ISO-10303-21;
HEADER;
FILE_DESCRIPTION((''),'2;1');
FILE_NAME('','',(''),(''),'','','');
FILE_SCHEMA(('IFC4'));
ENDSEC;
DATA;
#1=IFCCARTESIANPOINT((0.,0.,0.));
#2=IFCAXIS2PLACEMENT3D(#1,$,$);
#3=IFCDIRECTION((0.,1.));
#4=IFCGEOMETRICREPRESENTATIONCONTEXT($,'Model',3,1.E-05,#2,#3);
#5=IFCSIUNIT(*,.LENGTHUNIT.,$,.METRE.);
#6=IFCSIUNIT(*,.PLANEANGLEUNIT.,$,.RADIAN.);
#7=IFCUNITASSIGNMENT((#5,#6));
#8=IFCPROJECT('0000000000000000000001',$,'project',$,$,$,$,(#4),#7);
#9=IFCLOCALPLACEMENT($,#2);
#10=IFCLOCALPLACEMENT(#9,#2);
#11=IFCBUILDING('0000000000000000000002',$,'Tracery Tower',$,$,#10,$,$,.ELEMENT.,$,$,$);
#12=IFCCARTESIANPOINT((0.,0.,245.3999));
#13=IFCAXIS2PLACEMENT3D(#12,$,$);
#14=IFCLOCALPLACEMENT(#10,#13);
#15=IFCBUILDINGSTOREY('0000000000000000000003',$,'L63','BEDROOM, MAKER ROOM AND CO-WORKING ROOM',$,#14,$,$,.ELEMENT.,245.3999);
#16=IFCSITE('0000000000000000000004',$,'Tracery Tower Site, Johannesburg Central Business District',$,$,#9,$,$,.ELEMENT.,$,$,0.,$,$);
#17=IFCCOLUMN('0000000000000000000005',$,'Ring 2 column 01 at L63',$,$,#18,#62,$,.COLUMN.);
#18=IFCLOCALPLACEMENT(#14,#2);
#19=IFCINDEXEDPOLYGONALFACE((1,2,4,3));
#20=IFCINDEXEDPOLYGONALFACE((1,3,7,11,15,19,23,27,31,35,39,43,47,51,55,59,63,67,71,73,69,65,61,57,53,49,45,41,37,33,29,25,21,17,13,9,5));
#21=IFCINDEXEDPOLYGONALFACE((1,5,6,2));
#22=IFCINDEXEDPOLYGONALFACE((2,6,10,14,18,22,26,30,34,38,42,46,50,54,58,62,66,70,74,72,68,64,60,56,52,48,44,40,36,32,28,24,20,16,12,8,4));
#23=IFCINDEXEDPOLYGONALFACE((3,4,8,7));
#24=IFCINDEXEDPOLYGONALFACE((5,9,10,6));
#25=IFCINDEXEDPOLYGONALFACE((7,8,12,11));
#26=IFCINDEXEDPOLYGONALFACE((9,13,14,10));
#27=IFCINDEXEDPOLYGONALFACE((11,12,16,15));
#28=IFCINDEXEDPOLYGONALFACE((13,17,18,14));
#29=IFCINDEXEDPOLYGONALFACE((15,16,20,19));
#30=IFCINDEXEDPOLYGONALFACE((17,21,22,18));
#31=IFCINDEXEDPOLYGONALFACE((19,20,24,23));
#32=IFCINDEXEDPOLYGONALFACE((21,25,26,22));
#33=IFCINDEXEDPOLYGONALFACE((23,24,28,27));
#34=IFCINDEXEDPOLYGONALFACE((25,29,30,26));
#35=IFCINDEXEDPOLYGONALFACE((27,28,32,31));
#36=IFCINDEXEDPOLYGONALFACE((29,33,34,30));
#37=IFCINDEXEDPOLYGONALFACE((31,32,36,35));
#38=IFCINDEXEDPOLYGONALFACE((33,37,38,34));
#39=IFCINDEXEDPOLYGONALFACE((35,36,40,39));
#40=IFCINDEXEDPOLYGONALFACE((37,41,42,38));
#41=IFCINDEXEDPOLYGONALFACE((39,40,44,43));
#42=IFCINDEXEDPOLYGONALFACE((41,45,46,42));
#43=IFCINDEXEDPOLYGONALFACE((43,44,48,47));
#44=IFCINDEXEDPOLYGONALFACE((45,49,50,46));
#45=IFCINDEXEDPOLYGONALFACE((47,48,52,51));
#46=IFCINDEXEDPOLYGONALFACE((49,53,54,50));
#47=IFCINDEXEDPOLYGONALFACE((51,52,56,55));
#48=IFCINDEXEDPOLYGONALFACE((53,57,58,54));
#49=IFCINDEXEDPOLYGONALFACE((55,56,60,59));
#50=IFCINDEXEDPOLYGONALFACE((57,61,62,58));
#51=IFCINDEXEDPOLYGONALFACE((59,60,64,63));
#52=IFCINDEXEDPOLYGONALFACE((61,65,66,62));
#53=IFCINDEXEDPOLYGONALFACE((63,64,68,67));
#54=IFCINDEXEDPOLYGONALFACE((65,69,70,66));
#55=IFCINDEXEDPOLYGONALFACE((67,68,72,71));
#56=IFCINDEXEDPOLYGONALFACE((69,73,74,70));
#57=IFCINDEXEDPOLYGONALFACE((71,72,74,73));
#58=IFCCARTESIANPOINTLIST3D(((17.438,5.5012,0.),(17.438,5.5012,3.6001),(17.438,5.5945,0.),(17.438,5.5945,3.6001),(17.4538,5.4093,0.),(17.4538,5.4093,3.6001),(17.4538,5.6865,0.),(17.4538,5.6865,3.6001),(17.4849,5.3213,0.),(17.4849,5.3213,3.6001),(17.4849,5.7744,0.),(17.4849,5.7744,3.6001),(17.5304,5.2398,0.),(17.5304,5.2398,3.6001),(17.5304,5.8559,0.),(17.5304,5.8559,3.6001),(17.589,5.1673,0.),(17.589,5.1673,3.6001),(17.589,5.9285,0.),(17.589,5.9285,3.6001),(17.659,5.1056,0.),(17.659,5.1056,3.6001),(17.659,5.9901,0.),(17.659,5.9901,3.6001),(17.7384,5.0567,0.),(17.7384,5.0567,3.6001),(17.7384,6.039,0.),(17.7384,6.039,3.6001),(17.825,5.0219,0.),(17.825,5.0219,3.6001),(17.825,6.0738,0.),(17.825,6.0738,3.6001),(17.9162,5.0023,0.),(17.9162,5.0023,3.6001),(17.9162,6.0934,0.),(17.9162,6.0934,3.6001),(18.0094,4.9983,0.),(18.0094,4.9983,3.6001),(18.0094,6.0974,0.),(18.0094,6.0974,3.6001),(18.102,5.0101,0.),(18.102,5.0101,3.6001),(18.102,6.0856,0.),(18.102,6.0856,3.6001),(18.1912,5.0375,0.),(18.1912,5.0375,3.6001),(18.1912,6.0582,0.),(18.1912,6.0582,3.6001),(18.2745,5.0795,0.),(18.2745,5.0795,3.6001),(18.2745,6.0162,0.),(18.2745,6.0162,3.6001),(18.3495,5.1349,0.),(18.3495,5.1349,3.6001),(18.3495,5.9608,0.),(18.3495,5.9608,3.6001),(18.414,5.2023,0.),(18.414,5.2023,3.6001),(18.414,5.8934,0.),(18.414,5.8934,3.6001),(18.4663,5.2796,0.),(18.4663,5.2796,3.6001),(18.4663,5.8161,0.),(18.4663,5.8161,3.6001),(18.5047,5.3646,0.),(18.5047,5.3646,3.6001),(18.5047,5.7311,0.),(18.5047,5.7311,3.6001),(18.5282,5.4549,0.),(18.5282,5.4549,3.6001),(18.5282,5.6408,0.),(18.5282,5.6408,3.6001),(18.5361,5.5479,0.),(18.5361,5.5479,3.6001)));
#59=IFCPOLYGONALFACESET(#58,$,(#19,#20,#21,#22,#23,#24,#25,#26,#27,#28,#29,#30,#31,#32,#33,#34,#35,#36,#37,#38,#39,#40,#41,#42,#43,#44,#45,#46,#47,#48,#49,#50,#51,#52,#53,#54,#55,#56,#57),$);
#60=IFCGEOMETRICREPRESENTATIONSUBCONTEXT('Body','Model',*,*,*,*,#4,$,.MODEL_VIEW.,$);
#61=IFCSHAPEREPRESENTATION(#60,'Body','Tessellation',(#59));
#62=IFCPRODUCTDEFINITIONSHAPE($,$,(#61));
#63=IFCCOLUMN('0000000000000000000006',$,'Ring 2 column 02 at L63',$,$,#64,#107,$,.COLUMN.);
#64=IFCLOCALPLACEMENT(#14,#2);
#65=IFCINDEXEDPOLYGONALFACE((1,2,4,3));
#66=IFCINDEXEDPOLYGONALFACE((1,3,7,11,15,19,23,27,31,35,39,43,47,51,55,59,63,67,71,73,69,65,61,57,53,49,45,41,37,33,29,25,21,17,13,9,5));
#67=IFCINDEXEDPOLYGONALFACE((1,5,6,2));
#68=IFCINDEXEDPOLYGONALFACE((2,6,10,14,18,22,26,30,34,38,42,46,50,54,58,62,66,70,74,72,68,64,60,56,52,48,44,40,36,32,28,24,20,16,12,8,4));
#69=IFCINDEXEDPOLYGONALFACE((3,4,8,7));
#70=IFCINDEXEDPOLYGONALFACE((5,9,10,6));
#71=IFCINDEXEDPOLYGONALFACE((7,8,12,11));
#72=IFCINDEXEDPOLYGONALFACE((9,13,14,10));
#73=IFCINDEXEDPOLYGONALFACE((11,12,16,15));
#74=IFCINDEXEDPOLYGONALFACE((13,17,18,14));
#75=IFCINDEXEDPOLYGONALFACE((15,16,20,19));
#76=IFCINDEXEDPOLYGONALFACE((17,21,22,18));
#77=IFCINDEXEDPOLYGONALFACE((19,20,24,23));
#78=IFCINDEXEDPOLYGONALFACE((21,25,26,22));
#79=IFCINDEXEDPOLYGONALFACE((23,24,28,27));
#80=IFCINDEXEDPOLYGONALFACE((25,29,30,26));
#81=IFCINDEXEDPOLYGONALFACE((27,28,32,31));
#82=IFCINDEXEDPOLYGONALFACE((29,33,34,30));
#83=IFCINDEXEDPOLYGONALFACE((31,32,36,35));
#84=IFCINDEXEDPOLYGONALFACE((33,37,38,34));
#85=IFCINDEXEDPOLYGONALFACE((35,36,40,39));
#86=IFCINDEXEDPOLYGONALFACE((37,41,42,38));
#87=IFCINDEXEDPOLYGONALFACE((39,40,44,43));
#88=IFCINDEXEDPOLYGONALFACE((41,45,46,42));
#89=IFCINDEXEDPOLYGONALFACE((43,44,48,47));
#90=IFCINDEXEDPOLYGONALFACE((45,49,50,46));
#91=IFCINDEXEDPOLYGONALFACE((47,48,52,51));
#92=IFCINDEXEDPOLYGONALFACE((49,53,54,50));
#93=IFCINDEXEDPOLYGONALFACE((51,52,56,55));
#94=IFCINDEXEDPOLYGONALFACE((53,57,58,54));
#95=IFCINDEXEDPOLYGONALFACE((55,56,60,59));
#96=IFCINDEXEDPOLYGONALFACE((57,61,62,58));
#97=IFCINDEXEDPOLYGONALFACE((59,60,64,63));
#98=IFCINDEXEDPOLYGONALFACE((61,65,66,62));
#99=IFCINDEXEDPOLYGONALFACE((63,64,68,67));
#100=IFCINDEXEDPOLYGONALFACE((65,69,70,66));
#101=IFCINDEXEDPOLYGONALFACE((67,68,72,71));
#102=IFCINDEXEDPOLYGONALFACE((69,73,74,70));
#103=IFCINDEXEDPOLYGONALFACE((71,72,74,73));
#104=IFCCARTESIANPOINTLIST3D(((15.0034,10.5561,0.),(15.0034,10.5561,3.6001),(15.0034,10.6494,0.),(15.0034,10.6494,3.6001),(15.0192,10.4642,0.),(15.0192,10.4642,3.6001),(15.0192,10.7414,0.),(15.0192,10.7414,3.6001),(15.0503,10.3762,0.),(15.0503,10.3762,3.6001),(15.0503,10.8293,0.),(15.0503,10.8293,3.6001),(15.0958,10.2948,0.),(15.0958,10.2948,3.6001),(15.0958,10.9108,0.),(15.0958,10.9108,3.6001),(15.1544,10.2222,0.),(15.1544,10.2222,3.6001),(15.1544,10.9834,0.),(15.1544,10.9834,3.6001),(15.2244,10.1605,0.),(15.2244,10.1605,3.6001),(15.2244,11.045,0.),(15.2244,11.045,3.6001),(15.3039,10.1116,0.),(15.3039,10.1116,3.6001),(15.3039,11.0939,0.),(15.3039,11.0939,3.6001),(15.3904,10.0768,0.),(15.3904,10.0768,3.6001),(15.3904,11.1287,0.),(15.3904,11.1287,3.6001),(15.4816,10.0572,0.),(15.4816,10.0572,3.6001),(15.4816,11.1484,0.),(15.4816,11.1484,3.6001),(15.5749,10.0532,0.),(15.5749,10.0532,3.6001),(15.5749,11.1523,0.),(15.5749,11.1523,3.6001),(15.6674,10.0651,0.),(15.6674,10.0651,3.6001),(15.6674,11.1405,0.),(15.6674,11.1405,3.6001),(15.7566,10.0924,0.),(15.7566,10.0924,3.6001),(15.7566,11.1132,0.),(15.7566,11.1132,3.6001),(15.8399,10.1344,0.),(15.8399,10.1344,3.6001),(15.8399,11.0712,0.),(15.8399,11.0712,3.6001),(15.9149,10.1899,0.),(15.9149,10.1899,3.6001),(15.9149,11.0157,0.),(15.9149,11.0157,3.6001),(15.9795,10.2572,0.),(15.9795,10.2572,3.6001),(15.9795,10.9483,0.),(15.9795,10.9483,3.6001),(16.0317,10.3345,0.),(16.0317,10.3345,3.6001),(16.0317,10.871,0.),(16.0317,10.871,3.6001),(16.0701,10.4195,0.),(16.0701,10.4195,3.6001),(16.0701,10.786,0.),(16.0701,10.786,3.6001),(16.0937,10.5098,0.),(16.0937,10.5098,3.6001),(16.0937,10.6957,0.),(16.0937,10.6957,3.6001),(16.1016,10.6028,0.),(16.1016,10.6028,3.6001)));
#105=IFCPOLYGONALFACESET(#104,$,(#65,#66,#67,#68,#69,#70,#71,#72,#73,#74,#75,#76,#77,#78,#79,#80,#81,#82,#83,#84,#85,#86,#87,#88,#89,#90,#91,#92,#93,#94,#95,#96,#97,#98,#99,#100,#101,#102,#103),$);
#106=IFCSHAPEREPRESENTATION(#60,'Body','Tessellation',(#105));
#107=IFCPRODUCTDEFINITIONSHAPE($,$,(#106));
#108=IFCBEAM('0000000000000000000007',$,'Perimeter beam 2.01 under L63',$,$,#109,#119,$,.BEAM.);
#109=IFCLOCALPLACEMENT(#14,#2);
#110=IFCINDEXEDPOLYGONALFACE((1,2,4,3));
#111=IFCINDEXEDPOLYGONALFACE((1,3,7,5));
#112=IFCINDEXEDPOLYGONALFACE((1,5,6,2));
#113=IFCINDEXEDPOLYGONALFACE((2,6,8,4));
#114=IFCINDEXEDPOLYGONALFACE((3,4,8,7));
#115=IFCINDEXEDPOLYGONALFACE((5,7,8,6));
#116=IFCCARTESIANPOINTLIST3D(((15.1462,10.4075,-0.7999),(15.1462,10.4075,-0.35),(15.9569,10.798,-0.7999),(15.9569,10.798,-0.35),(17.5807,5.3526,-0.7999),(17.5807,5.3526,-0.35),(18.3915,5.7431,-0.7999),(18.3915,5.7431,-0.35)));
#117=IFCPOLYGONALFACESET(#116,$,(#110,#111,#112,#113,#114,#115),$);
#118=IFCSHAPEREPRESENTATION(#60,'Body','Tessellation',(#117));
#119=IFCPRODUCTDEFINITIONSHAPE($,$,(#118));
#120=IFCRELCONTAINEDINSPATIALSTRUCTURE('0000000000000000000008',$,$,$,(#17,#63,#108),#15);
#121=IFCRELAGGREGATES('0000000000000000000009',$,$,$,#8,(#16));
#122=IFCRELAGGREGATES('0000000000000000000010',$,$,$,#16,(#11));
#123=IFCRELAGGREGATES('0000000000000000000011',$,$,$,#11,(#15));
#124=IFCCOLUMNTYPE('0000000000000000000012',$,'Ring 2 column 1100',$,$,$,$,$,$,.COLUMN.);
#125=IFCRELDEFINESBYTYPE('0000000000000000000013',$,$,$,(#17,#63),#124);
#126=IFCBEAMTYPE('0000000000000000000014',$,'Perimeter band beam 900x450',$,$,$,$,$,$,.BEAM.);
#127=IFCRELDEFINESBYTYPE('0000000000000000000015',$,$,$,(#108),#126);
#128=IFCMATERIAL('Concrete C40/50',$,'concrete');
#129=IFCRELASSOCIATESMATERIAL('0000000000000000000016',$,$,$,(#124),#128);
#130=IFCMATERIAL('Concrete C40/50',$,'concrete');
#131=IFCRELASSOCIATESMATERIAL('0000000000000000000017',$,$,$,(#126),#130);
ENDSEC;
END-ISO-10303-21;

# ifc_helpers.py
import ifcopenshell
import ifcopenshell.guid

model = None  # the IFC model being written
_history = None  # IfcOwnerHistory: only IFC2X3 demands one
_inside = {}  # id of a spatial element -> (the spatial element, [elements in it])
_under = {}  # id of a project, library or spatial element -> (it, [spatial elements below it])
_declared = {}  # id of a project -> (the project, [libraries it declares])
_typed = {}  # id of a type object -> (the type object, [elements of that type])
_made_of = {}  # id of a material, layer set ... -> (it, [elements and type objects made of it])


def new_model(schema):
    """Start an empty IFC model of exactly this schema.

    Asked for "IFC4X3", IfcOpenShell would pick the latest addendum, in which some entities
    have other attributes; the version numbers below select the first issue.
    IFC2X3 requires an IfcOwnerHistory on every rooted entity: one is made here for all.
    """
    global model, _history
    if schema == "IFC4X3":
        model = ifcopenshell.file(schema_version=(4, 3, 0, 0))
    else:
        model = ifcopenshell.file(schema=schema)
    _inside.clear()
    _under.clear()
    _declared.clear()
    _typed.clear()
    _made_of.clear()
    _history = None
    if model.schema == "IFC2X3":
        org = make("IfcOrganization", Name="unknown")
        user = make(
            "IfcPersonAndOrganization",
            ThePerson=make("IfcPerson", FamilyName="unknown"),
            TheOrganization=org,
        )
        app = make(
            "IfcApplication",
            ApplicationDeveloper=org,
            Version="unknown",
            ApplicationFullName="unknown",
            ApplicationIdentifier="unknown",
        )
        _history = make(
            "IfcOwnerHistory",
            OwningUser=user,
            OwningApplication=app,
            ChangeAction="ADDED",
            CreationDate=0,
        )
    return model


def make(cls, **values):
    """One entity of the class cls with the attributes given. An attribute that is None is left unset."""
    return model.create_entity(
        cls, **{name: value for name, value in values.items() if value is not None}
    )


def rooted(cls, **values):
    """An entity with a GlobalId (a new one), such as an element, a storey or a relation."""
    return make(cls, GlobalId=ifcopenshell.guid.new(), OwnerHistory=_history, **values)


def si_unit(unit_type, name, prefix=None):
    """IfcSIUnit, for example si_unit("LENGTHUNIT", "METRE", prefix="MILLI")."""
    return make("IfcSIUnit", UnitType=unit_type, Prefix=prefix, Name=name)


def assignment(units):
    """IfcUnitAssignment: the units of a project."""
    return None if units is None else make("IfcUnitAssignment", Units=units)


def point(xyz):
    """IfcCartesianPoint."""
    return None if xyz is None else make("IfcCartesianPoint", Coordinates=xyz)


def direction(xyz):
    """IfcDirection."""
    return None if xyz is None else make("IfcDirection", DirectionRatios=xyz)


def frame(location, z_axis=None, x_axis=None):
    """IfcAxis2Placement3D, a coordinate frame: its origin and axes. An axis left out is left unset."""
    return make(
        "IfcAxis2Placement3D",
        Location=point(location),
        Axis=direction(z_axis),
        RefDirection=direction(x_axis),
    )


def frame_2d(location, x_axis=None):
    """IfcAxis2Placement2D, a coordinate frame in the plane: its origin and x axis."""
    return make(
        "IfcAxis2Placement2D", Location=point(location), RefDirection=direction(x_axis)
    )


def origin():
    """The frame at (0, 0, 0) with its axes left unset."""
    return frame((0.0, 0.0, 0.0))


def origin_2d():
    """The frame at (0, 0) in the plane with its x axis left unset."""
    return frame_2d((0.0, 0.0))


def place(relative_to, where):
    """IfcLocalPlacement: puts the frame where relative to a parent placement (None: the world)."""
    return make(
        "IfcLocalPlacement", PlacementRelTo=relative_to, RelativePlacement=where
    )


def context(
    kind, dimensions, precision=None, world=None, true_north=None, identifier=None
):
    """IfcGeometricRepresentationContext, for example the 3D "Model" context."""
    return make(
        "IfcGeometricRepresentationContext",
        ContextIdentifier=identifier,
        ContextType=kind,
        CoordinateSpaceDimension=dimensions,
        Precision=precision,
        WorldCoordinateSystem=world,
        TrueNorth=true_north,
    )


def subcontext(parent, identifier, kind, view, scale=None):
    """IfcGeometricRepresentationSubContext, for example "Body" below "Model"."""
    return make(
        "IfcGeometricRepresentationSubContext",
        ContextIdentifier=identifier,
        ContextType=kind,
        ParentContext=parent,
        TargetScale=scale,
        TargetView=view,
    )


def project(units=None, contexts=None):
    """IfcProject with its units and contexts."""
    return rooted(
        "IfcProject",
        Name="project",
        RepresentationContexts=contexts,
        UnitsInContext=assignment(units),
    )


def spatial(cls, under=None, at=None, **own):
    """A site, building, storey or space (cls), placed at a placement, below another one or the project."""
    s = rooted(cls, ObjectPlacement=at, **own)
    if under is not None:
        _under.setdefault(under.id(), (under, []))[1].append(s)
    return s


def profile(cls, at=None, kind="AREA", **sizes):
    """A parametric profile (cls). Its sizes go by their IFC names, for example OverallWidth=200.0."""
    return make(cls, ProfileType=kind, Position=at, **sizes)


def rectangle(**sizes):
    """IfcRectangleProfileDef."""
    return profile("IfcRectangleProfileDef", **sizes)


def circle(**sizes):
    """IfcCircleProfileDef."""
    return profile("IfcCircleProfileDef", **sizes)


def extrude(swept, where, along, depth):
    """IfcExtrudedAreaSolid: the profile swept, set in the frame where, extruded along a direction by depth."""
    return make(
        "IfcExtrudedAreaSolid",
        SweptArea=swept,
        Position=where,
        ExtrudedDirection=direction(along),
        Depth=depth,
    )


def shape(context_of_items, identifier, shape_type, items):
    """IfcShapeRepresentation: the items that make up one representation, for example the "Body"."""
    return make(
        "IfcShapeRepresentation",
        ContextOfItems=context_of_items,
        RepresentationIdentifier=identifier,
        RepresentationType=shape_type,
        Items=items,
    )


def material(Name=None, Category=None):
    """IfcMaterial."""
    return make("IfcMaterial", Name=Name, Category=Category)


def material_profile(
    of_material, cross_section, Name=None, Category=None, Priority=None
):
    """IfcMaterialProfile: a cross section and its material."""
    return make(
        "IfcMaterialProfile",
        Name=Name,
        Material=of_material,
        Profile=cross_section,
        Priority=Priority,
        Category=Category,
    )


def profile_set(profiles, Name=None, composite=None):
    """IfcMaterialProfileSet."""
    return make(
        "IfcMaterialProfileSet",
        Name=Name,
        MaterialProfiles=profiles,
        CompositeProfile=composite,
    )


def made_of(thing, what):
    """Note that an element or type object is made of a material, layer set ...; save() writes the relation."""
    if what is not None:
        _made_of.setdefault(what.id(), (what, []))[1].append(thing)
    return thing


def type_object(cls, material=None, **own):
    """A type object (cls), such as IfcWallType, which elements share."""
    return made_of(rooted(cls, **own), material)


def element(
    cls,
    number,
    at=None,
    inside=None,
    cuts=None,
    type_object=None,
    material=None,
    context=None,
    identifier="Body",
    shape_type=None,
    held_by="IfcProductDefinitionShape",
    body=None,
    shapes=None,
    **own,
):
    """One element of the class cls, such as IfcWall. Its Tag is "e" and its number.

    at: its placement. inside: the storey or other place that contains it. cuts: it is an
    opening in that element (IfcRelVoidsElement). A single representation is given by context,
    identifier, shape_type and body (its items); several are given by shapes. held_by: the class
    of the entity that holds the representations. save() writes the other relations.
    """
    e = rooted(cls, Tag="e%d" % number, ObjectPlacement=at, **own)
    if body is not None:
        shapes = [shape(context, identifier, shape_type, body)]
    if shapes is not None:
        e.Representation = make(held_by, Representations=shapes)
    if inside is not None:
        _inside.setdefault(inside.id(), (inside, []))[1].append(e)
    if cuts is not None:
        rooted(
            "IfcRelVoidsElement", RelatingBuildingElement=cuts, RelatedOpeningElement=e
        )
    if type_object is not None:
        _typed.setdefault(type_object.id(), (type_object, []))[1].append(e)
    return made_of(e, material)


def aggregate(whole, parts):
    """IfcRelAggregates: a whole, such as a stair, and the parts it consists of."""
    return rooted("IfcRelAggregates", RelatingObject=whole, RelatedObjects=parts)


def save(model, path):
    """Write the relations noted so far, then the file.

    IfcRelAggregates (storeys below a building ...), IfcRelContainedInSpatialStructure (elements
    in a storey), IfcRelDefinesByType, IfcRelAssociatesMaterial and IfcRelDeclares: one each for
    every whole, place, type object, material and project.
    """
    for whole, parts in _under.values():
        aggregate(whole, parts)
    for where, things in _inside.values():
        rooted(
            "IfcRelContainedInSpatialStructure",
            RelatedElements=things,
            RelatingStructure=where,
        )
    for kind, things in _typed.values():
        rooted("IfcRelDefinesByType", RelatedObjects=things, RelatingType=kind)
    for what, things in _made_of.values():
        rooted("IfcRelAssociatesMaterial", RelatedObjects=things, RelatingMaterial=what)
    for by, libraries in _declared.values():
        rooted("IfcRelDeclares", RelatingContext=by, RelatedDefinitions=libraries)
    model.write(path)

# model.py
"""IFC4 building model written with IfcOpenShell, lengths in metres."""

from ifc_helpers import new_model, si_unit, direction, frame, origin, origin_2d, place, context, subcontext, project, spatial, rectangle, circle, extrude, material, material_profile, profile_set, type_object, element, save


model = new_model("IFC4")

# Units and contexts
model_context = context("Model", 3, precision=1e-05, world=origin(), true_north=direction((0.0, 1.0)))
body_context = subcontext(model_context, "Body", "Model", "MODEL_VIEW")
ifc_project = project(units=[si_unit("LENGTHUNIT", "METRE"), si_unit("PLANEANGLEUNIT", "RADIAN")], contexts=[model_context])

# Site, building, storey
site_placement = place(None, origin())
site = spatial("IfcSite", under=ifc_project, at=site_placement, Name="Tracery Tower Site, Johannesburg Central Business District", CompositionType="ELEMENT", RefElevation=0.0)
building_placement = place(site_placement, origin())
building = spatial("IfcBuilding", under=site, at=building_placement, Name="Tracery Tower", CompositionType="ELEMENT")
storey_placement = place(building_placement, frame((0.0, 0.0, 245.3999)))
storey = spatial("IfcBuildingStorey", under=building, at=storey_placement, Name="L63", Description="BEDROOM, MAKER ROOM AND CO-WORKING ROOM", CompositionType="ELEMENT", Elevation=245.3999)

# Columns
ifc_material_1 = material(Name="Concrete C40/50", Category="concrete")
ifc_material_profile_1 = material_profile(ifc_material_1, circle(Radius=0.55, at=origin_2d()), Name="RC D1100")
ifc_profile_set_1 = profile_set([ifc_material_profile_1], Name="Concrete C40/50")
column_type = type_object("IfcColumnType", Name="Ring 2 column 1100", PredefinedType="COLUMN", material=ifc_profile_set_1)
for number, where, z_axis, x_axis, name in (
    (1, (17.9861, 5.5479, 0.0), (0.0, 0.0, 1.0), (1.0, 0.0, 0.0), "Ring 2 column 01 at L63"),
    (2, (15.5515, 10.6028, 0.0), (0.0, 0.0, 1.0), (1.0, 0.0, 0.0), "Ring 2 column 02 at L63"),
):
    element("IfcColumn", number, at=place(storey_placement, frame(where, z_axis=z_axis, x_axis=x_axis)), inside=storey, type_object=column_type, Name=name, PredefinedType="COLUMN", context=body_context, shape_type="SweptSolid", body=[
        extrude(circle(Radius=0.55, at=origin_2d()), origin(), (0.0, 0.0, 1.0), 3.6001),
    ])

# Beam
ifc_material_2 = material(Name="Concrete C40/50", Category="concrete")
ifc_material_profile_2 = material_profile(ifc_material_2, rectangle(XDim=0.8999, YDim=0.45, at=origin_2d()), Name="RC 900x450")
ifc_profile_set_2 = profile_set([ifc_material_profile_2], Name="Concrete C40/50")
beam_type = type_object("IfcBeamType", Name="Perimeter band beam 900x450", PredefinedType="BEAM", material=ifc_profile_set_2)
beam_placement = place(storey_placement, frame((17.9861, 5.5479, -0.575), z_axis=(-0.433919, 0.900952, 0.0), x_axis=(-0.900952, -0.433919, 0.0)))
element("IfcBeam", 3, at=beam_placement, inside=storey, type_object=beam_type, Name="Perimeter beam 2.01 under L63", PredefinedType="BEAM", context=body_context, shape_type="SweptSolid", body=[
    extrude(rectangle(XDim=0.8999, YDim=0.45, at=origin_2d()), origin(), (0.0, 0.0, 1.0), 5.6106),
])

save(model, "model.ifc")
